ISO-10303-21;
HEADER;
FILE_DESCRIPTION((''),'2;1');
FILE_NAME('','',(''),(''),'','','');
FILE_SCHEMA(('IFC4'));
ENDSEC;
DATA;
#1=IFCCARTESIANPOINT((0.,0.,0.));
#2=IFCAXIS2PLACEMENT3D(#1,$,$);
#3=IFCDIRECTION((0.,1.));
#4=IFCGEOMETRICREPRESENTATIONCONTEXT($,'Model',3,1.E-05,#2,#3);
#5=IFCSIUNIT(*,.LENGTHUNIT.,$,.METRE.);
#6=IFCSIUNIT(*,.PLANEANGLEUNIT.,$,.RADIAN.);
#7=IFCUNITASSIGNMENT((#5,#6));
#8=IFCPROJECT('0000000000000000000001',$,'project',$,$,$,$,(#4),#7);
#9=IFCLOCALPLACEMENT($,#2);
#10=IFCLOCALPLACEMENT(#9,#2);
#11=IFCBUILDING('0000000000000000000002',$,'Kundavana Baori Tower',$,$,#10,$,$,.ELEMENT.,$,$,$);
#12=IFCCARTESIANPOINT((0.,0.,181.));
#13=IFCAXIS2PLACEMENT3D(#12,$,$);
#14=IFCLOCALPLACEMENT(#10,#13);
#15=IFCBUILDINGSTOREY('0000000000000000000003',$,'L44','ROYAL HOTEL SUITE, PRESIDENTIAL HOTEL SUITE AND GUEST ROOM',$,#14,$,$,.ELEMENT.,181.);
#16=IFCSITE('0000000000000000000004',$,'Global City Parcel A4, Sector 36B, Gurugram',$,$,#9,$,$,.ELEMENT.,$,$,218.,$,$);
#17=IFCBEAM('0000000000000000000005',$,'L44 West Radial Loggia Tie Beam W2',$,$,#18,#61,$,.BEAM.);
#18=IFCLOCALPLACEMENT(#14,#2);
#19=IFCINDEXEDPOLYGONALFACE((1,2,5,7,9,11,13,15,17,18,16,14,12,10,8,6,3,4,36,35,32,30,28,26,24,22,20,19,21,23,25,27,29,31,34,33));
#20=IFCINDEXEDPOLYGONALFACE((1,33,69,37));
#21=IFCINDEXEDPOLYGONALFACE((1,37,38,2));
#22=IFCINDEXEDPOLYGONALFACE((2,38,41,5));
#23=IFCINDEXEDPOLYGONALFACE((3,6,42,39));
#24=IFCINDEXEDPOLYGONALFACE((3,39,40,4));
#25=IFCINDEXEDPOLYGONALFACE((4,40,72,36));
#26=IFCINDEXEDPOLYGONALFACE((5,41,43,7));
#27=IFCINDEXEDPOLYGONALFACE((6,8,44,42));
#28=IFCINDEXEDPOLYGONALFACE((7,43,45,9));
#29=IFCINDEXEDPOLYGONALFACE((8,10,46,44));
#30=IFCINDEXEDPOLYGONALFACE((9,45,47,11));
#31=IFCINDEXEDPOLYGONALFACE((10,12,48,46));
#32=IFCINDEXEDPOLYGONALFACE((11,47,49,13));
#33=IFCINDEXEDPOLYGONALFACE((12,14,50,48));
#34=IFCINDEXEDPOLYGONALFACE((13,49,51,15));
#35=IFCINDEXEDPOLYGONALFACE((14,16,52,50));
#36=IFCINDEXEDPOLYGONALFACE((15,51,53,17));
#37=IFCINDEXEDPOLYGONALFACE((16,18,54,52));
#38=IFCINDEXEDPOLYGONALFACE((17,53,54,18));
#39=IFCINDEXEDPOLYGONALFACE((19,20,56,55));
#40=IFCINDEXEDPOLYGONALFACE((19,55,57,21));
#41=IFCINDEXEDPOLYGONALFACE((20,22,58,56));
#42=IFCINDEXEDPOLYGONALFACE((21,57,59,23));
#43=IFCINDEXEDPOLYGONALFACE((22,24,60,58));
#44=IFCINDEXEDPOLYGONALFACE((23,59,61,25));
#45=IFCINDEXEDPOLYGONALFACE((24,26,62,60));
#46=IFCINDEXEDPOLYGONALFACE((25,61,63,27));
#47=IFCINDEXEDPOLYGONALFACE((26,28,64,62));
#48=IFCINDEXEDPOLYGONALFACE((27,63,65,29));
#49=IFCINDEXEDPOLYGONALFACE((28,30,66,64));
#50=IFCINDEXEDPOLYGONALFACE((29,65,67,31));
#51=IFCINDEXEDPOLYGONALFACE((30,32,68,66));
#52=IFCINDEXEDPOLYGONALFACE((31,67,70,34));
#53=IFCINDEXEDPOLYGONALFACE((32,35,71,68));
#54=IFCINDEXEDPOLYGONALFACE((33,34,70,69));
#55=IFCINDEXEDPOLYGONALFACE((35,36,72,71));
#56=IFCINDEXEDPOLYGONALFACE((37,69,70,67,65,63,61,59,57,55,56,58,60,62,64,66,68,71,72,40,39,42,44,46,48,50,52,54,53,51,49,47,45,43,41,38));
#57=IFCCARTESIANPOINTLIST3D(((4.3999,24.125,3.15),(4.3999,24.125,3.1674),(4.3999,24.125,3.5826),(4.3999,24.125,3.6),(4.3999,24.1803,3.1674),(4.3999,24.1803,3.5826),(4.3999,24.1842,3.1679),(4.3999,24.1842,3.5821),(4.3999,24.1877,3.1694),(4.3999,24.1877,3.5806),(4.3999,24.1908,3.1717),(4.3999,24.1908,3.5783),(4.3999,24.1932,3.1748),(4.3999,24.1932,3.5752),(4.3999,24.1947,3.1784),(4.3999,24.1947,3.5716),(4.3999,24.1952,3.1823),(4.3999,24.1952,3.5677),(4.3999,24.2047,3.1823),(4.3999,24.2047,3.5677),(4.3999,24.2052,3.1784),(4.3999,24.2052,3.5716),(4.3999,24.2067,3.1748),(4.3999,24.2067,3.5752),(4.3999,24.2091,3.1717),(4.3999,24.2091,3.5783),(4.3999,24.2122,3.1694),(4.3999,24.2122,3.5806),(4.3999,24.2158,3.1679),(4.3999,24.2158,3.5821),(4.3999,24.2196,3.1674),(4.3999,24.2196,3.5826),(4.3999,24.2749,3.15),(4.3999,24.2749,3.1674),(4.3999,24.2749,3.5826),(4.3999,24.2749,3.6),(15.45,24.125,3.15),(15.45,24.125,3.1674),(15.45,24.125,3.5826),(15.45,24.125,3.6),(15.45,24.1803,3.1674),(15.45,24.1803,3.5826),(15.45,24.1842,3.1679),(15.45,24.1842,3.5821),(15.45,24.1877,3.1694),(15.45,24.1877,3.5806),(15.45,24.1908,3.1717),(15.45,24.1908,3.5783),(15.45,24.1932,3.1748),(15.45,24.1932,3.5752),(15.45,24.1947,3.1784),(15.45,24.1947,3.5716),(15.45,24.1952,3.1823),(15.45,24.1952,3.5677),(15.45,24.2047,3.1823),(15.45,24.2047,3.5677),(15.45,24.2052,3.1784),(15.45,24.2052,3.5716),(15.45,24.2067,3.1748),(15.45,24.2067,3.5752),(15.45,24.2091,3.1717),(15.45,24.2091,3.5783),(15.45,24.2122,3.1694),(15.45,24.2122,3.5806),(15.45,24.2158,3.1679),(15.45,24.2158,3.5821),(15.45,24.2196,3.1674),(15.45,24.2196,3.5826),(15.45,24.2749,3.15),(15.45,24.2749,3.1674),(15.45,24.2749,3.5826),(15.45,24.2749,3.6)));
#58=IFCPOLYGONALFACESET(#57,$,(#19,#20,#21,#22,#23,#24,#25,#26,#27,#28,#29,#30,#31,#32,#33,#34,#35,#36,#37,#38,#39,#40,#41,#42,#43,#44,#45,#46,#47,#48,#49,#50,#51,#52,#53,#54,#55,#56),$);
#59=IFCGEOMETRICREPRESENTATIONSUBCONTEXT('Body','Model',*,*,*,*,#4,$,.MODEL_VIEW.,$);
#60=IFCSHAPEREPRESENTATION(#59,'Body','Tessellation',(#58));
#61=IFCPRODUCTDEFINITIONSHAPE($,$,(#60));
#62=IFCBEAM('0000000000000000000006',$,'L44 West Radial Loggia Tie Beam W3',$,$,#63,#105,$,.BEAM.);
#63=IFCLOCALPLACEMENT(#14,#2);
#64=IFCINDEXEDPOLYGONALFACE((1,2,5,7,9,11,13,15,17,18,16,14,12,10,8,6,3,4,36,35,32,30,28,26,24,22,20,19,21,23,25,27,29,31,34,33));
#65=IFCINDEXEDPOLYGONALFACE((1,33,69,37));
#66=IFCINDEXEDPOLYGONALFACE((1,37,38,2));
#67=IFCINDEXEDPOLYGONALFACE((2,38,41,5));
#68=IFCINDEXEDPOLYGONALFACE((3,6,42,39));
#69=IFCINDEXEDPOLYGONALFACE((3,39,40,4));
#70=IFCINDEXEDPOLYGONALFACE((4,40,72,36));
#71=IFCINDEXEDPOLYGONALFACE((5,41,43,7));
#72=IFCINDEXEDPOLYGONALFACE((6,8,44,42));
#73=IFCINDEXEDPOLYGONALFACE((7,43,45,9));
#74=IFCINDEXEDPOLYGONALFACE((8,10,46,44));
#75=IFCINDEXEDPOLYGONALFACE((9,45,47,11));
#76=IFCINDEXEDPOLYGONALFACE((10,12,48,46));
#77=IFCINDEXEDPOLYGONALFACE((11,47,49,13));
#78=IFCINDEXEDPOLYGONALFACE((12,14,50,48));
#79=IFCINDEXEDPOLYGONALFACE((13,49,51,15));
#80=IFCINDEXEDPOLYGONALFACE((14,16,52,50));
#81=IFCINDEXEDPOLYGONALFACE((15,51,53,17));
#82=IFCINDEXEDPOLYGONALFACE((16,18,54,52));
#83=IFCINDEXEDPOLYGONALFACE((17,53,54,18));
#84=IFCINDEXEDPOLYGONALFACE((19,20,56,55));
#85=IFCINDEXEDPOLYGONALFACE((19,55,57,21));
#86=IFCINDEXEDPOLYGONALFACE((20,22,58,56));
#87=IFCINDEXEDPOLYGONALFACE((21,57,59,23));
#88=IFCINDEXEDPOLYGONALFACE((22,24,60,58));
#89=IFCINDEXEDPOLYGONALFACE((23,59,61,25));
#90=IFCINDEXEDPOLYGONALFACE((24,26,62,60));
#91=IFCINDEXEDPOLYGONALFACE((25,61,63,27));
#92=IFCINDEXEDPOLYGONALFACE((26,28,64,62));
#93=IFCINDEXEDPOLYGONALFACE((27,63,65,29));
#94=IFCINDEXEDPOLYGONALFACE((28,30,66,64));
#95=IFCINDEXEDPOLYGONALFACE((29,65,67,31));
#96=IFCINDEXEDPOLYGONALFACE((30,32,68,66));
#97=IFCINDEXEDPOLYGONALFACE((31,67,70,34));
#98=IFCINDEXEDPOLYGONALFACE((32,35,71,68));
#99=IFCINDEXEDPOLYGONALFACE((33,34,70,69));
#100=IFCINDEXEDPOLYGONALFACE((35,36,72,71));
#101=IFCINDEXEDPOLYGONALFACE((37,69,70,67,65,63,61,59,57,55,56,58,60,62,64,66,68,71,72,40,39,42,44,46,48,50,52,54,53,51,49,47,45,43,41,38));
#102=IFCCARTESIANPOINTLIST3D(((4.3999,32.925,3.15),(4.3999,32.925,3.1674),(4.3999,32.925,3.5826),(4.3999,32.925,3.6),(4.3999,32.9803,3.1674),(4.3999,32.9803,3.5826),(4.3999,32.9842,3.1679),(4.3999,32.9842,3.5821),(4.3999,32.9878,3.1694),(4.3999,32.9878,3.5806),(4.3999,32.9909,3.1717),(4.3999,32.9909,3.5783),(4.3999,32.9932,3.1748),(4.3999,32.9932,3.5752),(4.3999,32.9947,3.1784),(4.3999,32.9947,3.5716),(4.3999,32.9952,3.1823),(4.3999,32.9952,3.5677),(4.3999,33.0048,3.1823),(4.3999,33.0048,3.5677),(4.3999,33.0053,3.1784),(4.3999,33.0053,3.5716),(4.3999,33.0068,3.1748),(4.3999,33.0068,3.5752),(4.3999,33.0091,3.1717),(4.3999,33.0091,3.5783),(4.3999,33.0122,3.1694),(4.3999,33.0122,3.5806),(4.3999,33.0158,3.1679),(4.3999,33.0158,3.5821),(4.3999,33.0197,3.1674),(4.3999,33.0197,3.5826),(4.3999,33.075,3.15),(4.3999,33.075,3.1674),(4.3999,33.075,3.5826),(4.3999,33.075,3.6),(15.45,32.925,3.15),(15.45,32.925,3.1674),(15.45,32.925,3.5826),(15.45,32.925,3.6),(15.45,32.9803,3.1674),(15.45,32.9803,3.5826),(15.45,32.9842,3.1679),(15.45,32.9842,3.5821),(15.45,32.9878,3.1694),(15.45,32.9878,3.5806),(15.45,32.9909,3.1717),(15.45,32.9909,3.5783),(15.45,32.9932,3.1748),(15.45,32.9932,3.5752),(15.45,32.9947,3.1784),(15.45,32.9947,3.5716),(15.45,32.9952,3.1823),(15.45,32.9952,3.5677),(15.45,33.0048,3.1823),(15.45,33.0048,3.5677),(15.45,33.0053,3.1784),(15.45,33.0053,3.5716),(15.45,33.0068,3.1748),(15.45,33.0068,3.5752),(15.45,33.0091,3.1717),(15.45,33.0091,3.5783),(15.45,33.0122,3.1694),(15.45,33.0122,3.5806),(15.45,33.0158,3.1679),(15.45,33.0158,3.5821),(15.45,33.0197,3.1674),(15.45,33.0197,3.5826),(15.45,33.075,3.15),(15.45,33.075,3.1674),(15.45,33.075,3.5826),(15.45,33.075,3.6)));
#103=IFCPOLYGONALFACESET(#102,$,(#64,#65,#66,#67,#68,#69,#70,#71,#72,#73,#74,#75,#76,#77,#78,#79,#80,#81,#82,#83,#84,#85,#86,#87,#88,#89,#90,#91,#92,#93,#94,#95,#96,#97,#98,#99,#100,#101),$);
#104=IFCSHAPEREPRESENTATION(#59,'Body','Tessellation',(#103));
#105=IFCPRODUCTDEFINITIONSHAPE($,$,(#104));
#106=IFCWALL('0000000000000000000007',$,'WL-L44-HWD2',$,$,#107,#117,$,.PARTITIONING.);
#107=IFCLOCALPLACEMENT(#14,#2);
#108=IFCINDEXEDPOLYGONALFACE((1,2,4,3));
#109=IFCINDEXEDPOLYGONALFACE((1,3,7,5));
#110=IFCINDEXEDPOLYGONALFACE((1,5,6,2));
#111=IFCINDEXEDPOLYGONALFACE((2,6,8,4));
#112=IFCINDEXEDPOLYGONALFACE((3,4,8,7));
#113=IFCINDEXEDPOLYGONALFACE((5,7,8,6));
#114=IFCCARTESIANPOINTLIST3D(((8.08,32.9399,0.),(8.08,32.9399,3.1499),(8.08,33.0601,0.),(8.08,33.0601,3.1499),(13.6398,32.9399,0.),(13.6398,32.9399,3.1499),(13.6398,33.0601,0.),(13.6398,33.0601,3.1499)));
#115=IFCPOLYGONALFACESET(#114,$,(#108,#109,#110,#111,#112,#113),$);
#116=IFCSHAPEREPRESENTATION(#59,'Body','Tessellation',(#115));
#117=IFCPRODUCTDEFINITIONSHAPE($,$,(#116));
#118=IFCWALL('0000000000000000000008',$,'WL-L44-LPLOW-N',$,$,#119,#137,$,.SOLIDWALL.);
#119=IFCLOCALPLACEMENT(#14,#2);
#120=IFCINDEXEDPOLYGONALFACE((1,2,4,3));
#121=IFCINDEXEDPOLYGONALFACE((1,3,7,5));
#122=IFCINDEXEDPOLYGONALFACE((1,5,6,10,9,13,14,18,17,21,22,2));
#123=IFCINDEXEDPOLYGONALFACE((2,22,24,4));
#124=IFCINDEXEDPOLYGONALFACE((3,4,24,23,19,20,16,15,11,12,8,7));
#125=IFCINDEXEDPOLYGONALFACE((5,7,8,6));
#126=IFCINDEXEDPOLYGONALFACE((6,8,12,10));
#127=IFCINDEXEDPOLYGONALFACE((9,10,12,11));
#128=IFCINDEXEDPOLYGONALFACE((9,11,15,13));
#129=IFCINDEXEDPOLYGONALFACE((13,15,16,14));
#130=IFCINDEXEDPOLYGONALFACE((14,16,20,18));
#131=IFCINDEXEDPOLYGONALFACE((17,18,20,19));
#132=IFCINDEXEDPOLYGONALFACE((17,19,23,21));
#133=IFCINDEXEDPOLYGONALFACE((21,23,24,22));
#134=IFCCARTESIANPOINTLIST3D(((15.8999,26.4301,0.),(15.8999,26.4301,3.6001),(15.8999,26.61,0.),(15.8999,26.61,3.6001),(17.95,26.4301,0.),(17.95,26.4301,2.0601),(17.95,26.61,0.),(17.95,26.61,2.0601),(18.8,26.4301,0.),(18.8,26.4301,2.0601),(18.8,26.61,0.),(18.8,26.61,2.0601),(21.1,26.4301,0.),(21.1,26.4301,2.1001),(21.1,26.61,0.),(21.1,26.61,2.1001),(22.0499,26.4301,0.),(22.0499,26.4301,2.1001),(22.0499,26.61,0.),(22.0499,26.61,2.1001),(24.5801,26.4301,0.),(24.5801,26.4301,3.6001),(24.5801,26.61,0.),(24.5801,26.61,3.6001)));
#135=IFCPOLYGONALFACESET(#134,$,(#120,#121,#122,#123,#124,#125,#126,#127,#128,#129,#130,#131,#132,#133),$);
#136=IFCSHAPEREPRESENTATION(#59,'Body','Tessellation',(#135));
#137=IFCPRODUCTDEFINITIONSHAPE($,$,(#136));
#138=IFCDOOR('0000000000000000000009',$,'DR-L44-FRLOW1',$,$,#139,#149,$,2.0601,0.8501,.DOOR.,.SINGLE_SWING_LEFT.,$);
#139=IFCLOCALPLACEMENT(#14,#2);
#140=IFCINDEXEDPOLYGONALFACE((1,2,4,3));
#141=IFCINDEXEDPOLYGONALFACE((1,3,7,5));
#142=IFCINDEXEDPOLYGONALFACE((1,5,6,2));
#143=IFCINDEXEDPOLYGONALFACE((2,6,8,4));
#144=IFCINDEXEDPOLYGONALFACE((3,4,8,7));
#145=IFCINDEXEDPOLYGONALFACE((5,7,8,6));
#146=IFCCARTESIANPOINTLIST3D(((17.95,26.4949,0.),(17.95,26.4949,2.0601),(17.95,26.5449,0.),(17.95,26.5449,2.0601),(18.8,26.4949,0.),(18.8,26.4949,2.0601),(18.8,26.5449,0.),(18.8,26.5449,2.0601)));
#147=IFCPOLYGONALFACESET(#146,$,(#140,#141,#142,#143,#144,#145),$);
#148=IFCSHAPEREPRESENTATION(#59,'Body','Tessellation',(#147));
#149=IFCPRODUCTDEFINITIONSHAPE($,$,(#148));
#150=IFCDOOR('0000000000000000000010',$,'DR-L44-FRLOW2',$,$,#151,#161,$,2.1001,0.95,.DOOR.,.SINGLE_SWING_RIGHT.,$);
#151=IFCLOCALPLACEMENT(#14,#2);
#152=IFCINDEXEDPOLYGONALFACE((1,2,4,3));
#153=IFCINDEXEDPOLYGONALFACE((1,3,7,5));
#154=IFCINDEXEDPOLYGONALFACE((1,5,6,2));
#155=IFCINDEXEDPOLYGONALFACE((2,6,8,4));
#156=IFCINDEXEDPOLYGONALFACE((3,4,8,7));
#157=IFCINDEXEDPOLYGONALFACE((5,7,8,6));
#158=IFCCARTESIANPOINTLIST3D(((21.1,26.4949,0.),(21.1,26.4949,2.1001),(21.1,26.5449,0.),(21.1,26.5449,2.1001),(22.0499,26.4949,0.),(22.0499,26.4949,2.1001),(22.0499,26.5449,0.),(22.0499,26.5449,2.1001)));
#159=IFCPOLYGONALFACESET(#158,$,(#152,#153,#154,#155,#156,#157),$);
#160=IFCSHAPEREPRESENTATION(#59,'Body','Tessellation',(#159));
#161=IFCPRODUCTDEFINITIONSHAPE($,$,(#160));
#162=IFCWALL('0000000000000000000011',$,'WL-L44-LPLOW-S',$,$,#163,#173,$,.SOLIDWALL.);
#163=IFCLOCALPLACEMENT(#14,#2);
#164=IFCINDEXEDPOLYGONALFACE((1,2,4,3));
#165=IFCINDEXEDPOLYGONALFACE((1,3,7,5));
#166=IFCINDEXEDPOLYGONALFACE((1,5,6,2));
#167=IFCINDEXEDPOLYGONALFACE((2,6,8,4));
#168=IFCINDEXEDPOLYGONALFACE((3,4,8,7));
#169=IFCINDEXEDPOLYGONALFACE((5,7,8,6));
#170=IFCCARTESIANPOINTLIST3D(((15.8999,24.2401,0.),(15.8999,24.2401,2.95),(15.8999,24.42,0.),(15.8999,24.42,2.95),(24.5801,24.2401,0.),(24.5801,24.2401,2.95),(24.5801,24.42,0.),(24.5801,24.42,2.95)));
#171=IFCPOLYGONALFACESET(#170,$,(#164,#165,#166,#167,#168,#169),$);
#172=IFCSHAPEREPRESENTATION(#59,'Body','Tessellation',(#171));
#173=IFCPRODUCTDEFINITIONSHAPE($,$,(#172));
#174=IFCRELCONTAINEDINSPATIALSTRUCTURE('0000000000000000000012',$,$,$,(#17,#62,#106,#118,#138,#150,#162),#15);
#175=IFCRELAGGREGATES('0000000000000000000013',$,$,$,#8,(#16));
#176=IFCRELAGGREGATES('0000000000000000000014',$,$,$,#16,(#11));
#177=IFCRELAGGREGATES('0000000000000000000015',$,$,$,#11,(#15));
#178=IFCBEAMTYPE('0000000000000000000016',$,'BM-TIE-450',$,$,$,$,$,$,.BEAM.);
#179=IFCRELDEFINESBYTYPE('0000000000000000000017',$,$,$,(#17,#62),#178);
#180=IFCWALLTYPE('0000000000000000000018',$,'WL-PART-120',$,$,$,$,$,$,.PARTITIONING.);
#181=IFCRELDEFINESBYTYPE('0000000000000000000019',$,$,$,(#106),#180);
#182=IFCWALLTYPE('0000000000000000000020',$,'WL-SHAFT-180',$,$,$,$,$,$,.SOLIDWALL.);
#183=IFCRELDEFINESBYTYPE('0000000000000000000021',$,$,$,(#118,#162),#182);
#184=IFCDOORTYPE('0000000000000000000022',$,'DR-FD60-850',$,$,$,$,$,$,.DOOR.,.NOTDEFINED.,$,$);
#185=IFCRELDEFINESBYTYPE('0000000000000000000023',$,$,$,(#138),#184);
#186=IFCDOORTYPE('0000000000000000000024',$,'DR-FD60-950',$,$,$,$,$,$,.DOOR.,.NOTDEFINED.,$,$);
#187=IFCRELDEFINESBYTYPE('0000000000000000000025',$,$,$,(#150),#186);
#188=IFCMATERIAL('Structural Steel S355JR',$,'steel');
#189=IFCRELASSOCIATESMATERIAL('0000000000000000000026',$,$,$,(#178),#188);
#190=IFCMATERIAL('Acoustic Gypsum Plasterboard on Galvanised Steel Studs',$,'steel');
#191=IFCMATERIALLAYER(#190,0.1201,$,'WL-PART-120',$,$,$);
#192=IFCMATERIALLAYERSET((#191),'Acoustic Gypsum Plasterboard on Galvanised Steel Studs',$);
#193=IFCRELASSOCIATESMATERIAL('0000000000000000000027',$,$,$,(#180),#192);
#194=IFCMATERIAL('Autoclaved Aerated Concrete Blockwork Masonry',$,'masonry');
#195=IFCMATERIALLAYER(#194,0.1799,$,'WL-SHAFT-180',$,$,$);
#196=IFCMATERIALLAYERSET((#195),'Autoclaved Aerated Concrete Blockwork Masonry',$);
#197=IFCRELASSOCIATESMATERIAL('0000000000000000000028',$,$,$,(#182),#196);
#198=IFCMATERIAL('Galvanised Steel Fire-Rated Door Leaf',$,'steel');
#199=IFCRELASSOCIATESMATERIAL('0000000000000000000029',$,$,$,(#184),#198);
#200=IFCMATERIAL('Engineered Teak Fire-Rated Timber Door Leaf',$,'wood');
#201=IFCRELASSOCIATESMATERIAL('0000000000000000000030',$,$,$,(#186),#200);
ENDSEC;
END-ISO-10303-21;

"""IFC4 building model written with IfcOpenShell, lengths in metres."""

from ifc_helpers import new_model, si_unit, direction, frame, frame_2d, origin, origin_2d, place, context, subcontext, project, spatial, rectangle, i_section, extrude, material, layer, layer_set, material_profile, profile_set, type_object, element, fill, save


model = new_model("IFC4")

# Units and contexts
model_context = context("Model", 3, precision=1e-05, world=origin(), true_north=direction((0.0, 1.0)))
body_context = subcontext(model_context, "Body", "Model", "MODEL_VIEW")
ifc_project = project(units=[si_unit("LENGTHUNIT", "METRE"), si_unit("PLANEANGLEUNIT", "RADIAN")], contexts=[model_context])

# Site, building, storey
site_placement = place(None, origin())
site = spatial("IfcSite", under=ifc_project, at=site_placement, Name="Global City Parcel A4, Sector 36B, Gurugram", CompositionType="ELEMENT", RefElevation=218.0)
building_placement = place(site_placement, origin())
building = spatial("IfcBuilding", under=site, at=building_placement, Name="Kundavana Baori Tower", CompositionType="ELEMENT")
storey_placement = place(building_placement, frame((0.0, 0.0, 181.0)))
storey = spatial("IfcBuildingStorey", under=building, at=storey_placement, Name="L44", Description="ROYAL HOTEL SUITE, PRESIDENTIAL HOTEL SUITE AND GUEST ROOM", CompositionType="ELEMENT", Elevation=181.0)

# Beams
ifc_material_1 = material(Name="Structural Steel S355JR", Category="steel")
ifc_material_profile_1 = material_profile(ifc_material_1, i_section(OverallWidth=0.1499, OverallDepth=0.45, WebThickness=0.0095, FlangeThickness=0.0173, FilletRadius=0.0149, at=origin_2d()), Name="ISMB 450")
ifc_profile_set_1 = profile_set([ifc_material_profile_1], Name="Structural Steel S355JR")
beam_type_1 = type_object("IfcBeamType", Name="BM-TIE-450", PredefinedType="BEAM", material=ifc_profile_set_1)
for number, where, z_axis, x_axis, name in (
    (1, (15.45, 24.2, 3.375), (-1.0, 0.0, 0.0), (0.0, -1.0, 0.0), "L44 West Radial Loggia Tie Beam W2"),
    (2, (15.45, 33.0, 3.375), (-1.0, 0.0, 0.0), (0.0, -1.0, 0.0), "L44 West Radial Loggia Tie Beam W3"),
):
    element("IfcBeam", number, at=place(storey_placement, frame(where, z_axis=z_axis, x_axis=x_axis)), inside=storey, type_object=beam_type_1, Name=name, PredefinedType="BEAM", context=body_context, shape_type="SweptSolid", body=[
        extrude(i_section(OverallWidth=0.1499, OverallDepth=0.45, WebThickness=0.0095, FlangeThickness=0.0173, FilletRadius=0.0149, at=origin_2d()), origin(), (0.0, 0.0, 1.0), 11.05),
    ])

# Wall
ifc_material_2 = material(Name="Acoustic Gypsum Plasterboard on Galvanised Steel Studs", Category="steel")
ifc_layer_1 = layer(ifc_material_2, 0.1201, Name="WL-PART-120")
ifc_layer_set_1 = layer_set([ifc_layer_1], Name="Acoustic Gypsum Plasterboard on Galvanised Steel Studs")
wall_type_1 = type_object("IfcWallType", Name="WL-PART-120", PredefinedType="PARTITIONING", material=ifc_layer_set_1)
wall_1_placement = place(storey_placement, frame((8.0801, 33.0, 0.0), z_axis=(0.0, 0.0, 1.0), x_axis=(1.0, 0.0, 0.0)))
element("IfcWall", 3, at=wall_1_placement, inside=storey, type_object=wall_type_1, Name="WL-L44-HWD2", PredefinedType="PARTITIONING", context=body_context, shape_type="SweptSolid", body=[
    extrude(rectangle(XDim=5.5598, YDim=0.1201, at=frame_2d((2.7798, 0.0))), origin(), (0.0, 0.0, 1.0), 3.1499),
])

# Wall, openings, doors
ifc_material_3 = material(Name="Autoclaved Aerated Concrete Blockwork Masonry", Category="masonry")
ifc_layer_2 = layer(ifc_material_3, 0.1799, Name="WL-SHAFT-180")
ifc_layer_set_2 = layer_set([ifc_layer_2], Name="Autoclaved Aerated Concrete Blockwork Masonry")
wall_type_2 = type_object("IfcWallType", Name="WL-SHAFT-180", PredefinedType="SOLIDWALL", material=ifc_layer_set_2)
wall_2_placement = place(storey_placement, frame((15.8999, 26.52, 0.0), z_axis=(0.0, 0.0, 1.0), x_axis=(1.0, 0.0, 0.0)))
wall_2 = element("IfcWall", 4, at=wall_2_placement, inside=storey, type_object=wall_type_2, Name="WL-L44-LPLOW-N", PredefinedType="SOLIDWALL", context=body_context, shape_type="SweptSolid", body=[
    extrude(rectangle(XDim=8.6802, YDim=0.1799, at=frame_2d((4.3401, 0.0))), origin(), (0.0, 0.0, 1.0), 3.6001),
])
opening_1_placement = place(wall_2_placement, frame((2.05, 0.0, 0.0)))
opening_1 = element("IfcOpeningElement", 5, at=opening_1_placement, cuts=wall_2, PredefinedType="OPENING", context=body_context, shape_type="SweptSolid", body=[
    extrude(rectangle(XDim=0.8501, YDim=2.0601, at=frame_2d((0.425, 1.03))), frame((0.0, 0.1001, 0.0), z_axis=(0.0, -1.0, 0.0), x_axis=(1.0, 0.0, 0.0)), (0.0, 0.0, 1.0), 0.2),
])
opening_2_placement = place(wall_2_placement, frame((5.2, 0.0, 0.0)))
opening_2 = element("IfcOpeningElement", 6, at=opening_2_placement, cuts=wall_2, PredefinedType="OPENING", context=body_context, shape_type="SweptSolid", body=[
    extrude(rectangle(XDim=0.95, YDim=2.1001, at=frame_2d((0.4751, 1.05))), frame((0.0, 0.1001, 0.0), z_axis=(0.0, -1.0, 0.0), x_axis=(1.0, 0.0, 0.0)), (0.0, 0.0, 1.0), 0.2),
])
ifc_material_4 = material(Name="Galvanised Steel Fire-Rated Door Leaf", Category="steel")
door_type_1 = type_object("IfcDoorType", Name="DR-FD60-850", OperationType="NOTDEFINED", PredefinedType="DOOR", material=ifc_material_4)
door_1_placement = place(opening_1_placement, origin())
door_1 = element("IfcDoor", 7, at=door_1_placement, inside=storey, type_object=door_type_1, Name="DR-L44-FRLOW1", OperationType="SINGLE_SWING_LEFT", OverallHeight=2.0601, OverallWidth=0.8501, PredefinedType="DOOR", context=body_context, shape_type="SweptSolid", body=[
    extrude(rectangle(XDim=0.8501, YDim=2.0601, at=frame_2d((0.425, 1.03))), frame((0.0, 0.0249, 0.0), z_axis=(0.0, -1.0, 0.0), x_axis=(1.0, 0.0, 0.0)), (0.0, 0.0, 1.0), 0.05),
])
fill(opening_1, door_1)
ifc_material_5 = material(Name="Engineered Teak Fire-Rated Timber Door Leaf", Category="wood")
door_type_2 = type_object("IfcDoorType", Name="DR-FD60-950", OperationType="NOTDEFINED", PredefinedType="DOOR", material=ifc_material_5)
door_2_placement = place(opening_2_placement, origin())
door_2 = element("IfcDoor", 8, at=door_2_placement, inside=storey, type_object=door_type_2, Name="DR-L44-FRLOW2", OperationType="SINGLE_SWING_RIGHT", OverallHeight=2.1001, OverallWidth=0.95, PredefinedType="DOOR", context=body_context, shape_type="SweptSolid", body=[
    extrude(rectangle(XDim=0.95, YDim=2.1001, at=frame_2d((0.4751, 1.05))), frame((0.0, 0.0249, 0.0), z_axis=(0.0, -1.0, 0.0), x_axis=(1.0, 0.0, 0.0)), (0.0, 0.0, 1.0), 0.05),
])
fill(opening_2, door_2)

# Wall
wall_3_placement = place(storey_placement, frame((15.8999, 24.3301, 0.0), z_axis=(0.0, 0.0, 1.0), x_axis=(1.0, 0.0, 0.0)))
element("IfcWall", 9, at=wall_3_placement, inside=storey, type_object=wall_type_2, Name="WL-L44-LPLOW-S", PredefinedType="SOLIDWALL", context=body_context, shape_type="SweptSolid", body=[
    extrude(rectangle(XDim=8.6802, YDim=0.1799, at=frame_2d((4.3401, 0.0))), origin(), (0.0, 0.0, 1.0), 2.95),
])

save(model, "model.ifc")
